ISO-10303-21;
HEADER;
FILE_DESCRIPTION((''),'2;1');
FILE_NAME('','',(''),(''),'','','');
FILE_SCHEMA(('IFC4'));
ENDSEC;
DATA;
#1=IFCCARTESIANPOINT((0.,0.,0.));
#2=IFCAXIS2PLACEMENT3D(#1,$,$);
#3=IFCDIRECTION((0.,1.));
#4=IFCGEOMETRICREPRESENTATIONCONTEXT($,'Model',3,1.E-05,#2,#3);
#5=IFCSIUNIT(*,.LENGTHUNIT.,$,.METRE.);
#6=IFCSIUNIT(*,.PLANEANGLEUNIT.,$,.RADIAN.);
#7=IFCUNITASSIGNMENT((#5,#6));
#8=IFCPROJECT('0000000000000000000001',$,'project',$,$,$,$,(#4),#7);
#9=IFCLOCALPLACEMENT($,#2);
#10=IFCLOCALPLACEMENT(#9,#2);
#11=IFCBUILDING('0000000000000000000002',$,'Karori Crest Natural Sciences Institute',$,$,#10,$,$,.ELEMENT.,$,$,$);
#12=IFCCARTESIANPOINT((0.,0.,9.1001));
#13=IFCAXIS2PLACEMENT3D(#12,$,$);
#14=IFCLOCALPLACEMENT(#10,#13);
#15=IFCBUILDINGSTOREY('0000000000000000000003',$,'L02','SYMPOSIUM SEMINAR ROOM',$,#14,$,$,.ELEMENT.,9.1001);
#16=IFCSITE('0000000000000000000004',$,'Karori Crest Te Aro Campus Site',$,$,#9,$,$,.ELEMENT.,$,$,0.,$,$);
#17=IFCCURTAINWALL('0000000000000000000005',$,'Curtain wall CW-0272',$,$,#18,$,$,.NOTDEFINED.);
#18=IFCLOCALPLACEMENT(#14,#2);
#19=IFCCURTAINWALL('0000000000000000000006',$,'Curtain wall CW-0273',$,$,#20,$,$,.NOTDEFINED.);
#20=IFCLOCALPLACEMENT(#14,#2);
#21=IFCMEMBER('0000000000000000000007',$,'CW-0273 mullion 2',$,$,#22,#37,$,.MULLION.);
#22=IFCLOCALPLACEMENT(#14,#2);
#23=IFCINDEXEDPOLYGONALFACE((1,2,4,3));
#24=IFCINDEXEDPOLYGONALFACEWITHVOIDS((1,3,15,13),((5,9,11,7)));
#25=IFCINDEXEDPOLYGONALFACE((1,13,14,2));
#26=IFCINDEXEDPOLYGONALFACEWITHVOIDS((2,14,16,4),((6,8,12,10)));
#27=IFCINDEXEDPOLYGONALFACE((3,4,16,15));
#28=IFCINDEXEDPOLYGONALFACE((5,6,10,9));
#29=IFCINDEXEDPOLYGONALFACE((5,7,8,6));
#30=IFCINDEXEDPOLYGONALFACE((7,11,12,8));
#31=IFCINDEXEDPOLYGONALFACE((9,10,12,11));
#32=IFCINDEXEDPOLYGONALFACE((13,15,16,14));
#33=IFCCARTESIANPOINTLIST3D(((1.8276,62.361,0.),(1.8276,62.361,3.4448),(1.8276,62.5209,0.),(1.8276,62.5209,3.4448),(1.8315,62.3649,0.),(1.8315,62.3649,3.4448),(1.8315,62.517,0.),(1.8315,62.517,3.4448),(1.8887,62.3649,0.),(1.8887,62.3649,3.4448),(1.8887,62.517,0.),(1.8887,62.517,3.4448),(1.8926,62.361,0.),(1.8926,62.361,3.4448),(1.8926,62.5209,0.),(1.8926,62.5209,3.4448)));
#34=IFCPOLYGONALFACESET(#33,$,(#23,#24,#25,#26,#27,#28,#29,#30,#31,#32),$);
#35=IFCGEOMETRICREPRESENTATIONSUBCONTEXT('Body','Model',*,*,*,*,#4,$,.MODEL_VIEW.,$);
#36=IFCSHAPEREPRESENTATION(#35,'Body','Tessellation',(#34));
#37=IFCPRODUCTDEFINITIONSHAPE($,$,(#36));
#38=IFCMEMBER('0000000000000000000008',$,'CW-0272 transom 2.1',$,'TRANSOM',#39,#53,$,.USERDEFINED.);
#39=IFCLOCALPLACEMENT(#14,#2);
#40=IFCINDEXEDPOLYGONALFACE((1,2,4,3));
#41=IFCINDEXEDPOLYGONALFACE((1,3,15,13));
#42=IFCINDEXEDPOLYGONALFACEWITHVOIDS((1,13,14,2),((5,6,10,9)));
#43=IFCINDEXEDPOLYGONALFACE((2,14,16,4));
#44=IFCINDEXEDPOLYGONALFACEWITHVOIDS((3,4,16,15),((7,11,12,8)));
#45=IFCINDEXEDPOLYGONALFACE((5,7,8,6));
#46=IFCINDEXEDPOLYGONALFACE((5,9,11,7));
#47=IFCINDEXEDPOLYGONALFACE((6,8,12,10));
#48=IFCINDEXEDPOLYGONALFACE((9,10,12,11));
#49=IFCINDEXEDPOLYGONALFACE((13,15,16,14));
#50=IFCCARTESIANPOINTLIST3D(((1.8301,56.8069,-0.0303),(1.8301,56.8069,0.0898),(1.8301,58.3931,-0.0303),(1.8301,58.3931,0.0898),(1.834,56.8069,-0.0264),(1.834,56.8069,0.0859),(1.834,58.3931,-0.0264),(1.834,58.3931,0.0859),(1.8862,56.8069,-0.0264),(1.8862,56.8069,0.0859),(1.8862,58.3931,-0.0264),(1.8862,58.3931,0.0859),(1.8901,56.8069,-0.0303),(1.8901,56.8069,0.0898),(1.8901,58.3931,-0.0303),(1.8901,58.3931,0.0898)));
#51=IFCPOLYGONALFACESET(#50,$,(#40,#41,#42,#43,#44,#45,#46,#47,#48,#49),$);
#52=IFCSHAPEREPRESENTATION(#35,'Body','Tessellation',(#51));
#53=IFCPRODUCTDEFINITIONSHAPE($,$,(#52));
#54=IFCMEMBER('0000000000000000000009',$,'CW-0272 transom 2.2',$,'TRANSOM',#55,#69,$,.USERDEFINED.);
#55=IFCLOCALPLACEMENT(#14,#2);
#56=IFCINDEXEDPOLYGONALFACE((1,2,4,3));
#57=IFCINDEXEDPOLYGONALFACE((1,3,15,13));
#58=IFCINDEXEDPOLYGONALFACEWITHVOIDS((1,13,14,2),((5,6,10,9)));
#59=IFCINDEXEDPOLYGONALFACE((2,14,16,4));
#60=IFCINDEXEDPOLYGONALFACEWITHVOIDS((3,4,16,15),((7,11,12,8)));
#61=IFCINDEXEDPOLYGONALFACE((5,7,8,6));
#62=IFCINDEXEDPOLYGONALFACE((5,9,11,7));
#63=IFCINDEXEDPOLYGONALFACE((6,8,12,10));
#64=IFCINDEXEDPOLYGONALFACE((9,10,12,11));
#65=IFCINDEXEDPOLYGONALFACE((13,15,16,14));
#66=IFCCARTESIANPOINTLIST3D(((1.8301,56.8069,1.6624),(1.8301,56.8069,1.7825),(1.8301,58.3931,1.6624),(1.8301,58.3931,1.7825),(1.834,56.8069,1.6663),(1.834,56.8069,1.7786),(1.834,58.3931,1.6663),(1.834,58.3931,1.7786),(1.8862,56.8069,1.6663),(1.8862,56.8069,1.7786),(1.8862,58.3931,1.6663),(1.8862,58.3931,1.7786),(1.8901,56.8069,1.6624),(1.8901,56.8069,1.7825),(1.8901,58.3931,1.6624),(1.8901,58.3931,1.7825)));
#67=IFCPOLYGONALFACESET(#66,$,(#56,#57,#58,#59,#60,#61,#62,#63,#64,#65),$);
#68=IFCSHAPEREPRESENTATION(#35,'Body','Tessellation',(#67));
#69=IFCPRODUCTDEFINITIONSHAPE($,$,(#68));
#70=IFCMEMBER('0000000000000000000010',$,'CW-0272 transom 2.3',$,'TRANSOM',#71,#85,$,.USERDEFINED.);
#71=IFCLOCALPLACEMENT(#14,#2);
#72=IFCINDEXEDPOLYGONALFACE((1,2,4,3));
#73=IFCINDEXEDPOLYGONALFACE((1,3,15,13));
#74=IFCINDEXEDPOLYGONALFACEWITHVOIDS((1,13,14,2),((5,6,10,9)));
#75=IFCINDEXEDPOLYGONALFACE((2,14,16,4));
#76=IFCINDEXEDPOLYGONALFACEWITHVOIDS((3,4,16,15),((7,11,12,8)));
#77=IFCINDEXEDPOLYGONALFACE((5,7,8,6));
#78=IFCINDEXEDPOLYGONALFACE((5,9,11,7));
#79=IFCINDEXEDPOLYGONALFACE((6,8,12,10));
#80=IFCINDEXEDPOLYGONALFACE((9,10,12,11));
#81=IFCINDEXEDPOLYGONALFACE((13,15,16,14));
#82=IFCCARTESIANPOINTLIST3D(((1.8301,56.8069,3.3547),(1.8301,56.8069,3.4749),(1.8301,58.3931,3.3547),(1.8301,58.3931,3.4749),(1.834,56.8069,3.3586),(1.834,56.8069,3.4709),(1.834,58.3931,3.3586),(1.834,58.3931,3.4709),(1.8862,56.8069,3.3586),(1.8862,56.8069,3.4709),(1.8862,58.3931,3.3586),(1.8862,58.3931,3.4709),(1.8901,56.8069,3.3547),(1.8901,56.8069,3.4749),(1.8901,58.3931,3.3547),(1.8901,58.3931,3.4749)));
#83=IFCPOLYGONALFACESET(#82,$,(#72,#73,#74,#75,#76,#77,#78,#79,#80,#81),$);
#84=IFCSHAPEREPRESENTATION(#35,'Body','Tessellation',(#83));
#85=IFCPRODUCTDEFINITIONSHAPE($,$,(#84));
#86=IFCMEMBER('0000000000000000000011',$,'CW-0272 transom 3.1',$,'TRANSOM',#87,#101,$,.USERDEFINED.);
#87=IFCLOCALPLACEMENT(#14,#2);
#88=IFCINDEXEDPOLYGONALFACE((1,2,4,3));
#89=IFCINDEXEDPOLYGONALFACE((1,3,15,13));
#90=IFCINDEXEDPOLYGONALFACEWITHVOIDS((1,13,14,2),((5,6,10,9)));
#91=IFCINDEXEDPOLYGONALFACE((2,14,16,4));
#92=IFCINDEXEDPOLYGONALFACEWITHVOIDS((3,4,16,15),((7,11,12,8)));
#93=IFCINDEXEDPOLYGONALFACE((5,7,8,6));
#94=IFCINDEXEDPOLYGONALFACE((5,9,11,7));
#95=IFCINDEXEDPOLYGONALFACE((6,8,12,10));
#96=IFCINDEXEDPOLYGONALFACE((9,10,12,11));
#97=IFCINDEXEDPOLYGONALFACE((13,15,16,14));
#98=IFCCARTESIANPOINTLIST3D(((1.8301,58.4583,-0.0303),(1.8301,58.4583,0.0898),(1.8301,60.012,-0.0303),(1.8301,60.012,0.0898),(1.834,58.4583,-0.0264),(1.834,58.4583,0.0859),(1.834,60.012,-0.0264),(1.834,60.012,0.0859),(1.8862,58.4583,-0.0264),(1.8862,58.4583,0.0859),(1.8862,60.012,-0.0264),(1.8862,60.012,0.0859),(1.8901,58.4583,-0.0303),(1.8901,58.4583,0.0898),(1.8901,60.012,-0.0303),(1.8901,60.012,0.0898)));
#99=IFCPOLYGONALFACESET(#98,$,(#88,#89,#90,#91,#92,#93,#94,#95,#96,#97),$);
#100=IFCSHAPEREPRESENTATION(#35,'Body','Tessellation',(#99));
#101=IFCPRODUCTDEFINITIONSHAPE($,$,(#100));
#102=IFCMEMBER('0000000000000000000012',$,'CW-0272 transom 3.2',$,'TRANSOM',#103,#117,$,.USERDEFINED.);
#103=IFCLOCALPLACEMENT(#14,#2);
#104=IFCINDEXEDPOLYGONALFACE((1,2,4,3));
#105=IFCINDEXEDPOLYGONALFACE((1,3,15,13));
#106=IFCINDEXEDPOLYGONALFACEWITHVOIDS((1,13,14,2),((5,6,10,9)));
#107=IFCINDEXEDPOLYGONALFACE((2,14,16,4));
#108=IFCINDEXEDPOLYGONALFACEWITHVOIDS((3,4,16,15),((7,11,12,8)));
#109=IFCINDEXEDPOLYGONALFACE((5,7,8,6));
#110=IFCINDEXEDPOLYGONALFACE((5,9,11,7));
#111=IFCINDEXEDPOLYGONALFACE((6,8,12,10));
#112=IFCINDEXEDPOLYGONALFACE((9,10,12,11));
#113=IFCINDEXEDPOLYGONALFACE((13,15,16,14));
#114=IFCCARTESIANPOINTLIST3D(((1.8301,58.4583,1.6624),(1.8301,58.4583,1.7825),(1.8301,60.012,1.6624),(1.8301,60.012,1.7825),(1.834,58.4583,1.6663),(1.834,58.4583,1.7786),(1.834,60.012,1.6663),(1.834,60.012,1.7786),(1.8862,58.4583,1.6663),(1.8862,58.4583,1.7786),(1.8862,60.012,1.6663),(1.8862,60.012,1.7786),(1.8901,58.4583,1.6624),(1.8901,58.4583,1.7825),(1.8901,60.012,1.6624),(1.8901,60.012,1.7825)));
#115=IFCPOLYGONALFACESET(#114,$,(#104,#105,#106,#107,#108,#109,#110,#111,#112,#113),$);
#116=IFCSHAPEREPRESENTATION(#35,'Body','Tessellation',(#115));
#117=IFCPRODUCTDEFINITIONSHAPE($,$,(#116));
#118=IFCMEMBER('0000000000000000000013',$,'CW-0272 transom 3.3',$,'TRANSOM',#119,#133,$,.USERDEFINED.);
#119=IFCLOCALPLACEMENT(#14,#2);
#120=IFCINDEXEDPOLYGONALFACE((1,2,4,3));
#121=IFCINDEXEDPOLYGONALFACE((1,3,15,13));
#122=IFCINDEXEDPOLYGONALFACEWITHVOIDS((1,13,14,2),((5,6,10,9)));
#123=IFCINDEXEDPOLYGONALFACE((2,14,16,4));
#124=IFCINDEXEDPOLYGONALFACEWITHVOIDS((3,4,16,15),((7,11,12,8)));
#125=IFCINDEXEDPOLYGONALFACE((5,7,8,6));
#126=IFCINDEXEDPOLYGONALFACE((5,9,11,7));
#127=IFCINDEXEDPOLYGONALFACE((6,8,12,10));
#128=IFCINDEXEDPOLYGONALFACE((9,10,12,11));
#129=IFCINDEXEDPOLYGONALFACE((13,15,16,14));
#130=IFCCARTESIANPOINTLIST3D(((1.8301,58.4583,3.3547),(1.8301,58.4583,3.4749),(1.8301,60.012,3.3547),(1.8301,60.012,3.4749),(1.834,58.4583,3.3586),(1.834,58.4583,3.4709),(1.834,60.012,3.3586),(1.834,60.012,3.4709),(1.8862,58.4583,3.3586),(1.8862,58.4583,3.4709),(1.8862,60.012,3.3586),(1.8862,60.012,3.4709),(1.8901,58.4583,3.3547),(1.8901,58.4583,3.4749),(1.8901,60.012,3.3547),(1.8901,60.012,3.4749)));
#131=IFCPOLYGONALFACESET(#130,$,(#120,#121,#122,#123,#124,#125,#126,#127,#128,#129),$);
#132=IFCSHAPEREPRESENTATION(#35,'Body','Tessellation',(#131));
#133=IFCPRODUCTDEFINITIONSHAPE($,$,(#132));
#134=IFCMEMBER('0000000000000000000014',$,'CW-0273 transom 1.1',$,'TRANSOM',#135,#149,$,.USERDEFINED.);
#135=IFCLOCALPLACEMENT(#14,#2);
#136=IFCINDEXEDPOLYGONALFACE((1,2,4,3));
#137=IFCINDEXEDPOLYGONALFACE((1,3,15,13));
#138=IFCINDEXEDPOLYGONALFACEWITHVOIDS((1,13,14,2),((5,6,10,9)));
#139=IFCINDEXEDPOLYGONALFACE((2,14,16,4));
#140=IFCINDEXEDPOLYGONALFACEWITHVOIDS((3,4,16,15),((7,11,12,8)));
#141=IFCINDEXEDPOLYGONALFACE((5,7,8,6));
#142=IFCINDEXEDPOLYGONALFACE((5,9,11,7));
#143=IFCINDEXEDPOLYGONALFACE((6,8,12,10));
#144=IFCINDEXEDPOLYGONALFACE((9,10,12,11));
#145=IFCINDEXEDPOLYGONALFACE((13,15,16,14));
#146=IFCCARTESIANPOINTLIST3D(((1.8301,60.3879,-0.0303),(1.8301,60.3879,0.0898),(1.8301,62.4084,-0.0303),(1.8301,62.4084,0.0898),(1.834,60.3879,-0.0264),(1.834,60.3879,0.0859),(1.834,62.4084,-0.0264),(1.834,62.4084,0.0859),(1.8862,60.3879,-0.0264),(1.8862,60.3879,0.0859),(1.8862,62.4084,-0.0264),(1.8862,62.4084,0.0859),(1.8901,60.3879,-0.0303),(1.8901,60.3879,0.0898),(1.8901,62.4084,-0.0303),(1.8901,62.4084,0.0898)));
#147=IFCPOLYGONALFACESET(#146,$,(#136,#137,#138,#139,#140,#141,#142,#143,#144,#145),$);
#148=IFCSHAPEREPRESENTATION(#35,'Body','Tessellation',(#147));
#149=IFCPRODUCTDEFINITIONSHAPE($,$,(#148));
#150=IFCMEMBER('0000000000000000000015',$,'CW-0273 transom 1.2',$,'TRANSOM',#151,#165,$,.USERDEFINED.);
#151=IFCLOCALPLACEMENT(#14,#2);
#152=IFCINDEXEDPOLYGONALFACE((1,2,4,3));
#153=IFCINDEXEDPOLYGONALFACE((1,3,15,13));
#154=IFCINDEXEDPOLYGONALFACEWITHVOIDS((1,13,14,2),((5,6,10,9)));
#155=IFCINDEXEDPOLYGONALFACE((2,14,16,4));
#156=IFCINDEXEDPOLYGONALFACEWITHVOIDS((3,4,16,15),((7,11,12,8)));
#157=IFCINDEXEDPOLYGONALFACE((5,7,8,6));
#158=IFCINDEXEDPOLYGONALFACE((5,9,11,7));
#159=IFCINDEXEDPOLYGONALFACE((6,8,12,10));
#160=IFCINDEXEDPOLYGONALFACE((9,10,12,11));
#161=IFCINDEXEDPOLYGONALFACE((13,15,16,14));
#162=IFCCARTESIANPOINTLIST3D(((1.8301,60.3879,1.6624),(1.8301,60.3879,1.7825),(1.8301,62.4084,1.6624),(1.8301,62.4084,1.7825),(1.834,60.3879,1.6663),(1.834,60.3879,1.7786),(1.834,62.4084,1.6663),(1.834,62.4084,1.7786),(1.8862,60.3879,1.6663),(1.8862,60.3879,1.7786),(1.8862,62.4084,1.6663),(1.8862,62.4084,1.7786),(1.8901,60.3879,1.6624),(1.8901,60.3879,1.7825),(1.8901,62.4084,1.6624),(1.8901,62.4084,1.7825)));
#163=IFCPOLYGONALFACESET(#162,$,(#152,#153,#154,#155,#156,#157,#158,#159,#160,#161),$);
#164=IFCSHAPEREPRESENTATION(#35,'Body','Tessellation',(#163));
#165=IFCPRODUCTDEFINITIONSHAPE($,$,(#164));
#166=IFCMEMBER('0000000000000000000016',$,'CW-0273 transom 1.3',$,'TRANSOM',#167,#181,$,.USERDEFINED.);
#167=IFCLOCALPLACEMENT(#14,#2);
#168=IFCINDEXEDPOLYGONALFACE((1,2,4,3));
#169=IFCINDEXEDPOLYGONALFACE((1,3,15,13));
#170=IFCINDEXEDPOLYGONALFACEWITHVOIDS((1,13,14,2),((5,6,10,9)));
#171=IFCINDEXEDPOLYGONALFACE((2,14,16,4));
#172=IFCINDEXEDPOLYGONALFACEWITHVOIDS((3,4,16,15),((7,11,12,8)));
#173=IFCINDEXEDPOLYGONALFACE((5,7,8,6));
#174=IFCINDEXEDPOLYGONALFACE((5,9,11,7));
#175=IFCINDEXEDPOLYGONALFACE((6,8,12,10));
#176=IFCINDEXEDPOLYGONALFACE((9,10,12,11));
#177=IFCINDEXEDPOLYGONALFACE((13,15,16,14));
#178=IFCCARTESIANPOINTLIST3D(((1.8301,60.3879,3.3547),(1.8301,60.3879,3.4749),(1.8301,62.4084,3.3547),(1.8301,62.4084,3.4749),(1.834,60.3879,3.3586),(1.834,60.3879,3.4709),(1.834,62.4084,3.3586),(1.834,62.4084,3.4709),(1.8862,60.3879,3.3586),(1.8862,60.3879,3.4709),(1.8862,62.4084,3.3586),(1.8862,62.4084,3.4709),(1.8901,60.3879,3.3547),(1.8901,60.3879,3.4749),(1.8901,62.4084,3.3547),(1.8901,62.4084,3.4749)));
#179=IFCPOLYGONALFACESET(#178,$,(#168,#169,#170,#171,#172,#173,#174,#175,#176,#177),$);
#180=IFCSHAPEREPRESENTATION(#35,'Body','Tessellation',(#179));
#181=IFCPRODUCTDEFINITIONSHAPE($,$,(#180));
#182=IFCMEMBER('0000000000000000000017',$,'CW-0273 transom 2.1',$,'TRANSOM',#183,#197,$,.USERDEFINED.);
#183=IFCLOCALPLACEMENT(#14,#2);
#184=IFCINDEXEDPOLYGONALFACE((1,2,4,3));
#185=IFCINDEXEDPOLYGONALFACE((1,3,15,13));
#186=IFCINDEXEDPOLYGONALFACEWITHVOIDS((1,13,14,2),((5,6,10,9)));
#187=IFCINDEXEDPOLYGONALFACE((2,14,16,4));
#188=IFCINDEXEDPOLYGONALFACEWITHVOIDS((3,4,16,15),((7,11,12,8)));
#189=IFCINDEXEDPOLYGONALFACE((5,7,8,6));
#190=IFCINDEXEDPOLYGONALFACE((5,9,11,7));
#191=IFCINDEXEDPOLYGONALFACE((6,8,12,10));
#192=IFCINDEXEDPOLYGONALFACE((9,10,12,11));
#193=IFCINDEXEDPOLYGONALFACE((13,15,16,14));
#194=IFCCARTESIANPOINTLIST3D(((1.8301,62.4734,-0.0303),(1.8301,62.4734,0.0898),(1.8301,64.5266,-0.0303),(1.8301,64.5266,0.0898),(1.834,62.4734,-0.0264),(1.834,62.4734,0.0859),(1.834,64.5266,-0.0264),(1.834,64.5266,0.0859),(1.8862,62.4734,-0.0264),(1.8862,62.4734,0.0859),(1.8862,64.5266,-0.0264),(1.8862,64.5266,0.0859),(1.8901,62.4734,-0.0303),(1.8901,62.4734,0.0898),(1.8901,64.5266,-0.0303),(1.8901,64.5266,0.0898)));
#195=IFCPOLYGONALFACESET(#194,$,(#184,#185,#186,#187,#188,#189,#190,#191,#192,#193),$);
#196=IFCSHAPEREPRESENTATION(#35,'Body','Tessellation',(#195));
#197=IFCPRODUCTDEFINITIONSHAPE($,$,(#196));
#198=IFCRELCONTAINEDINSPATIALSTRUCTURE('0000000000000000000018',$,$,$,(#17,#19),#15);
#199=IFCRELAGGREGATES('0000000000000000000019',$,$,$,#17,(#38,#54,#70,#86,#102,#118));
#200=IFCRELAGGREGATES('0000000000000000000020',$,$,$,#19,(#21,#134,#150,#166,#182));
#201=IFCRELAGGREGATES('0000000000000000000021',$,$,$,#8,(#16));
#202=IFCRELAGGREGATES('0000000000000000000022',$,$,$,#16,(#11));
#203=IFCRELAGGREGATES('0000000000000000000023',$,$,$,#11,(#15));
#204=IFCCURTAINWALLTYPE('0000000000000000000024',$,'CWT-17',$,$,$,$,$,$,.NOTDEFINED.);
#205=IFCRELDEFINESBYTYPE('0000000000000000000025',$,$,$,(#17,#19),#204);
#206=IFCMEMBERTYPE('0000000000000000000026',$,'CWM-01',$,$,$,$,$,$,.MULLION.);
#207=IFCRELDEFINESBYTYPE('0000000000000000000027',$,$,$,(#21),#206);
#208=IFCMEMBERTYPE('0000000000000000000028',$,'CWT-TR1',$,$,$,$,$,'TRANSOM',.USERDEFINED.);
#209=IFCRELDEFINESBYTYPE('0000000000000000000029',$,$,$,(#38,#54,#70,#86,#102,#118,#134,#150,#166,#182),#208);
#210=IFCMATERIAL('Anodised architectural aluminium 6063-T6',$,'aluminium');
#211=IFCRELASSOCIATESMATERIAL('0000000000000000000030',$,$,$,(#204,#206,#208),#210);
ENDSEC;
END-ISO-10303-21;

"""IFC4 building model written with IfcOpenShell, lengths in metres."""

from ifc_helpers import new_model, si_unit, direction, frame, origin, origin_2d, place, context, subcontext, project, spatial, hollow_rectangle, extrude, material, material_profile, profile_set, type_object, element, aggregate, save


model = new_model("IFC4")

# Units and contexts
model_context = context("Model", 3, precision=1e-05, world=origin(), true_north=direction((0.0, 1.0)))
body_context = subcontext(model_context, "Body", "Model", "MODEL_VIEW")
ifc_project = project(units=[si_unit("LENGTHUNIT", "METRE"), si_unit("PLANEANGLEUNIT", "RADIAN")], contexts=[model_context])

# Site, building, storey
site_placement = place(None, origin())
site = spatial("IfcSite", under=ifc_project, at=site_placement, Name="Karori Crest Te Aro Campus Site", CompositionType="ELEMENT", RefElevation=0.0)
building_placement = place(site_placement, origin())
building = spatial("IfcBuilding", under=site, at=building_placement, Name="Karori Crest Natural Sciences Institute", CompositionType="ELEMENT")
storey_placement = place(building_placement, frame((0.0, 0.0, 9.1001)))
storey = spatial("IfcBuildingStorey", under=building, at=storey_placement, Name="L02", Description="SYMPOSIUM SEMINAR ROOM", CompositionType="ELEMENT", Elevation=9.1001)

# Curtain walls, member
ifc_material_1 = material(Name="Anodised architectural aluminium 6063-T6", Category="aluminium")
curtain_wall_type = type_object("IfcCurtainWallType", Name="CWT-17", PredefinedType="NOTDEFINED", material=ifc_material_1)
curtain_wall_1_placement = place(storey_placement, origin())
curtain_wall_1 = element("IfcCurtainWall", 1, at=curtain_wall_1_placement, inside=storey, type_object=curtain_wall_type, Name="Curtain wall CW-0272", PredefinedType="NOTDEFINED")
ifc_material_profile_1 = material_profile(ifc_material_1, hollow_rectangle(XDim=0.0649, YDim=0.1599, WallThickness=0.0039, at=origin_2d()), Name="CWM160x65x4")
ifc_profile_set_1 = profile_set([ifc_material_profile_1], Name="Anodised architectural aluminium 6063-T6")
member_type_1 = type_object("IfcMemberType", Name="CWM-01", PredefinedType="MULLION", material=ifc_profile_set_1)
curtain_wall_2_placement = place(storey_placement, origin())
curtain_wall_2 = element("IfcCurtainWall", 2, at=curtain_wall_2_placement, inside=storey, type_object=curtain_wall_type, Name="Curtain wall CW-0273", PredefinedType="NOTDEFINED")
member_1_placement = place(storey_placement, frame((1.8601, 62.4409, 0.0), z_axis=(0.0, 0.0, 1.0), x_axis=(-1.0, 0.0, 0.0)))
member_1 = element("IfcMember", 3, at=member_1_placement, type_object=member_type_1, Name="CW-0273 mullion 2", PredefinedType="MULLION", context=body_context, shape_type="SweptSolid", body=[
    extrude(hollow_rectangle(XDim=0.0649, YDim=0.1599, WallThickness=0.0039, at=origin_2d()), origin(), (0.0, 0.0, 1.0), 3.4448),
])

# Members
ifc_material_profile_2 = material_profile(ifc_material_1, hollow_rectangle(XDim=0.0601, YDim=0.1201, WallThickness=0.0039, at=origin_2d()), Name="CWT120x60x4")
ifc_profile_set_2 = profile_set([ifc_material_profile_2], Name="Anodised architectural aluminium 6063-T6")
member_type_2 = type_object("IfcMemberType", Name="CWT-TR1", ElementType="TRANSOM", PredefinedType="USERDEFINED", material=ifc_profile_set_2)
member_2_placement = place(storey_placement, frame((1.8601, 56.8069, 0.0298), z_axis=(0.0, 1.0, 0.0), x_axis=(-1.0, 0.0, 0.0)))
member_2 = element("IfcMember", 4, at=member_2_placement, type_object=member_type_2, Name="CW-0272 transom 2.1", ObjectType="TRANSOM", PredefinedType="USERDEFINED", context=body_context, shape_type="SweptSolid", body=[
    extrude(hollow_rectangle(XDim=0.0601, YDim=0.1201, WallThickness=0.0039, at=origin_2d()), origin(), (0.0, 0.0, 1.0), 1.5862),
])
member_3_placement = place(storey_placement, frame((1.8601, 56.8069, 1.7224), z_axis=(0.0, 1.0, 0.0), x_axis=(-1.0, 0.0, 0.0)))
member_3 = element("IfcMember", 5, at=member_3_placement, type_object=member_type_2, Name="CW-0272 transom 2.2", ObjectType="TRANSOM", PredefinedType="USERDEFINED", context=body_context, shape_type="SweptSolid", body=[
    extrude(hollow_rectangle(XDim=0.0601, YDim=0.1201, WallThickness=0.0039, at=origin_2d()), origin(), (0.0, 0.0, 1.0), 1.5862),
])
member_4_placement = place(storey_placement, frame((1.8601, 56.8069, 3.4148), z_axis=(0.0, 1.0, 0.0), x_axis=(-1.0, 0.0, 0.0)))
member_4 = element("IfcMember", 6, at=member_4_placement, type_object=member_type_2, Name="CW-0272 transom 2.3", ObjectType="TRANSOM", PredefinedType="USERDEFINED", context=body_context, shape_type="SweptSolid", body=[
    extrude(hollow_rectangle(XDim=0.0601, YDim=0.1201, WallThickness=0.0039, at=origin_2d()), origin(), (0.0, 0.0, 1.0), 1.5862),
])
member_5_placement = place(storey_placement, frame((1.8601, 58.4583, 0.0298), z_axis=(0.0, 1.0, 0.0), x_axis=(-1.0, 0.0, 0.0)))
member_5 = element("IfcMember", 7, at=member_5_placement, type_object=member_type_2, Name="CW-0272 transom 3.1", ObjectType="TRANSOM", PredefinedType="USERDEFINED", context=body_context, shape_type="SweptSolid", body=[
    extrude(hollow_rectangle(XDim=0.0601, YDim=0.1201, WallThickness=0.0039, at=origin_2d()), origin(), (0.0, 0.0, 1.0), 1.5537),
])
member_6_placement = place(storey_placement, frame((1.8601, 58.4583, 1.7224), z_axis=(0.0, 1.0, 0.0), x_axis=(-1.0, 0.0, 0.0)))
member_6 = element("IfcMember", 8, at=member_6_placement, type_object=member_type_2, Name="CW-0272 transom 3.2", ObjectType="TRANSOM", PredefinedType="USERDEFINED", context=body_context, shape_type="SweptSolid", body=[
    extrude(hollow_rectangle(XDim=0.0601, YDim=0.1201, WallThickness=0.0039, at=origin_2d()), origin(), (0.0, 0.0, 1.0), 1.5537),
])
member_7_placement = place(storey_placement, frame((1.8601, 58.4583, 3.4148), z_axis=(0.0, 1.0, 0.0), x_axis=(-1.0, 0.0, 0.0)))
member_7 = element("IfcMember", 9, at=member_7_placement, type_object=member_type_2, Name="CW-0272 transom 3.3", ObjectType="TRANSOM", PredefinedType="USERDEFINED", context=body_context, shape_type="SweptSolid", body=[
    extrude(hollow_rectangle(XDim=0.0601, YDim=0.1201, WallThickness=0.0039, at=origin_2d()), origin(), (0.0, 0.0, 1.0), 1.5537),
])
member_8_placement = place(storey_placement, frame((1.8601, 60.3879, 0.0298), z_axis=(0.0, 1.0, 0.0), x_axis=(-1.0, 0.0, 0.0)))
member_8 = element("IfcMember", 10, at=member_8_placement, type_object=member_type_2, Name="CW-0273 transom 1.1", ObjectType="TRANSOM", PredefinedType="USERDEFINED", context=body_context, shape_type="SweptSolid", body=[
    extrude(hollow_rectangle(XDim=0.0601, YDim=0.1201, WallThickness=0.0039, at=origin_2d()), origin(), (0.0, 0.0, 1.0), 2.0205),
])
member_9_placement = place(storey_placement, frame((1.8601, 60.3879, 1.7224), z_axis=(0.0, 1.0, 0.0), x_axis=(-1.0, 0.0, 0.0)))
member_9 = element("IfcMember", 11, at=member_9_placement, type_object=member_type_2, Name="CW-0273 transom 1.2", ObjectType="TRANSOM", PredefinedType="USERDEFINED", context=body_context, shape_type="SweptSolid", body=[
    extrude(hollow_rectangle(XDim=0.0601, YDim=0.1201, WallThickness=0.0039, at=origin_2d()), origin(), (0.0, 0.0, 1.0), 2.0205),
])
member_10_placement = place(storey_placement, frame((1.8601, 60.3879, 3.4148), z_axis=(0.0, 1.0, 0.0), x_axis=(-1.0, 0.0, 0.0)))
member_10 = element("IfcMember", 12, at=member_10_placement, type_object=member_type_2, Name="CW-0273 transom 1.3", ObjectType="TRANSOM", PredefinedType="USERDEFINED", context=body_context, shape_type="SweptSolid", body=[
    extrude(hollow_rectangle(XDim=0.0601, YDim=0.1201, WallThickness=0.0039, at=origin_2d()), origin(), (0.0, 0.0, 1.0), 2.0205),
])
member_11_placement = place(storey_placement, frame((1.8601, 62.4734, 0.0298), z_axis=(0.0, 1.0, 0.0), x_axis=(-1.0, 0.0, 0.0)))
member_11 = element("IfcMember", 13, at=member_11_placement, type_object=member_type_2, Name="CW-0273 transom 2.1", ObjectType="TRANSOM", PredefinedType="USERDEFINED", context=body_context, shape_type="SweptSolid", body=[
    extrude(hollow_rectangle(XDim=0.0601, YDim=0.1201, WallThickness=0.0039, at=origin_2d()), origin(), (0.0, 0.0, 1.0), 2.0532),
])

aggregate(curtain_wall_1, [member_2, member_3, member_4, member_5, member_6, member_7])
aggregate(curtain_wall_2, [member_1, member_8, member_9, member_10, member_11])

save(model, "model.ifc")
